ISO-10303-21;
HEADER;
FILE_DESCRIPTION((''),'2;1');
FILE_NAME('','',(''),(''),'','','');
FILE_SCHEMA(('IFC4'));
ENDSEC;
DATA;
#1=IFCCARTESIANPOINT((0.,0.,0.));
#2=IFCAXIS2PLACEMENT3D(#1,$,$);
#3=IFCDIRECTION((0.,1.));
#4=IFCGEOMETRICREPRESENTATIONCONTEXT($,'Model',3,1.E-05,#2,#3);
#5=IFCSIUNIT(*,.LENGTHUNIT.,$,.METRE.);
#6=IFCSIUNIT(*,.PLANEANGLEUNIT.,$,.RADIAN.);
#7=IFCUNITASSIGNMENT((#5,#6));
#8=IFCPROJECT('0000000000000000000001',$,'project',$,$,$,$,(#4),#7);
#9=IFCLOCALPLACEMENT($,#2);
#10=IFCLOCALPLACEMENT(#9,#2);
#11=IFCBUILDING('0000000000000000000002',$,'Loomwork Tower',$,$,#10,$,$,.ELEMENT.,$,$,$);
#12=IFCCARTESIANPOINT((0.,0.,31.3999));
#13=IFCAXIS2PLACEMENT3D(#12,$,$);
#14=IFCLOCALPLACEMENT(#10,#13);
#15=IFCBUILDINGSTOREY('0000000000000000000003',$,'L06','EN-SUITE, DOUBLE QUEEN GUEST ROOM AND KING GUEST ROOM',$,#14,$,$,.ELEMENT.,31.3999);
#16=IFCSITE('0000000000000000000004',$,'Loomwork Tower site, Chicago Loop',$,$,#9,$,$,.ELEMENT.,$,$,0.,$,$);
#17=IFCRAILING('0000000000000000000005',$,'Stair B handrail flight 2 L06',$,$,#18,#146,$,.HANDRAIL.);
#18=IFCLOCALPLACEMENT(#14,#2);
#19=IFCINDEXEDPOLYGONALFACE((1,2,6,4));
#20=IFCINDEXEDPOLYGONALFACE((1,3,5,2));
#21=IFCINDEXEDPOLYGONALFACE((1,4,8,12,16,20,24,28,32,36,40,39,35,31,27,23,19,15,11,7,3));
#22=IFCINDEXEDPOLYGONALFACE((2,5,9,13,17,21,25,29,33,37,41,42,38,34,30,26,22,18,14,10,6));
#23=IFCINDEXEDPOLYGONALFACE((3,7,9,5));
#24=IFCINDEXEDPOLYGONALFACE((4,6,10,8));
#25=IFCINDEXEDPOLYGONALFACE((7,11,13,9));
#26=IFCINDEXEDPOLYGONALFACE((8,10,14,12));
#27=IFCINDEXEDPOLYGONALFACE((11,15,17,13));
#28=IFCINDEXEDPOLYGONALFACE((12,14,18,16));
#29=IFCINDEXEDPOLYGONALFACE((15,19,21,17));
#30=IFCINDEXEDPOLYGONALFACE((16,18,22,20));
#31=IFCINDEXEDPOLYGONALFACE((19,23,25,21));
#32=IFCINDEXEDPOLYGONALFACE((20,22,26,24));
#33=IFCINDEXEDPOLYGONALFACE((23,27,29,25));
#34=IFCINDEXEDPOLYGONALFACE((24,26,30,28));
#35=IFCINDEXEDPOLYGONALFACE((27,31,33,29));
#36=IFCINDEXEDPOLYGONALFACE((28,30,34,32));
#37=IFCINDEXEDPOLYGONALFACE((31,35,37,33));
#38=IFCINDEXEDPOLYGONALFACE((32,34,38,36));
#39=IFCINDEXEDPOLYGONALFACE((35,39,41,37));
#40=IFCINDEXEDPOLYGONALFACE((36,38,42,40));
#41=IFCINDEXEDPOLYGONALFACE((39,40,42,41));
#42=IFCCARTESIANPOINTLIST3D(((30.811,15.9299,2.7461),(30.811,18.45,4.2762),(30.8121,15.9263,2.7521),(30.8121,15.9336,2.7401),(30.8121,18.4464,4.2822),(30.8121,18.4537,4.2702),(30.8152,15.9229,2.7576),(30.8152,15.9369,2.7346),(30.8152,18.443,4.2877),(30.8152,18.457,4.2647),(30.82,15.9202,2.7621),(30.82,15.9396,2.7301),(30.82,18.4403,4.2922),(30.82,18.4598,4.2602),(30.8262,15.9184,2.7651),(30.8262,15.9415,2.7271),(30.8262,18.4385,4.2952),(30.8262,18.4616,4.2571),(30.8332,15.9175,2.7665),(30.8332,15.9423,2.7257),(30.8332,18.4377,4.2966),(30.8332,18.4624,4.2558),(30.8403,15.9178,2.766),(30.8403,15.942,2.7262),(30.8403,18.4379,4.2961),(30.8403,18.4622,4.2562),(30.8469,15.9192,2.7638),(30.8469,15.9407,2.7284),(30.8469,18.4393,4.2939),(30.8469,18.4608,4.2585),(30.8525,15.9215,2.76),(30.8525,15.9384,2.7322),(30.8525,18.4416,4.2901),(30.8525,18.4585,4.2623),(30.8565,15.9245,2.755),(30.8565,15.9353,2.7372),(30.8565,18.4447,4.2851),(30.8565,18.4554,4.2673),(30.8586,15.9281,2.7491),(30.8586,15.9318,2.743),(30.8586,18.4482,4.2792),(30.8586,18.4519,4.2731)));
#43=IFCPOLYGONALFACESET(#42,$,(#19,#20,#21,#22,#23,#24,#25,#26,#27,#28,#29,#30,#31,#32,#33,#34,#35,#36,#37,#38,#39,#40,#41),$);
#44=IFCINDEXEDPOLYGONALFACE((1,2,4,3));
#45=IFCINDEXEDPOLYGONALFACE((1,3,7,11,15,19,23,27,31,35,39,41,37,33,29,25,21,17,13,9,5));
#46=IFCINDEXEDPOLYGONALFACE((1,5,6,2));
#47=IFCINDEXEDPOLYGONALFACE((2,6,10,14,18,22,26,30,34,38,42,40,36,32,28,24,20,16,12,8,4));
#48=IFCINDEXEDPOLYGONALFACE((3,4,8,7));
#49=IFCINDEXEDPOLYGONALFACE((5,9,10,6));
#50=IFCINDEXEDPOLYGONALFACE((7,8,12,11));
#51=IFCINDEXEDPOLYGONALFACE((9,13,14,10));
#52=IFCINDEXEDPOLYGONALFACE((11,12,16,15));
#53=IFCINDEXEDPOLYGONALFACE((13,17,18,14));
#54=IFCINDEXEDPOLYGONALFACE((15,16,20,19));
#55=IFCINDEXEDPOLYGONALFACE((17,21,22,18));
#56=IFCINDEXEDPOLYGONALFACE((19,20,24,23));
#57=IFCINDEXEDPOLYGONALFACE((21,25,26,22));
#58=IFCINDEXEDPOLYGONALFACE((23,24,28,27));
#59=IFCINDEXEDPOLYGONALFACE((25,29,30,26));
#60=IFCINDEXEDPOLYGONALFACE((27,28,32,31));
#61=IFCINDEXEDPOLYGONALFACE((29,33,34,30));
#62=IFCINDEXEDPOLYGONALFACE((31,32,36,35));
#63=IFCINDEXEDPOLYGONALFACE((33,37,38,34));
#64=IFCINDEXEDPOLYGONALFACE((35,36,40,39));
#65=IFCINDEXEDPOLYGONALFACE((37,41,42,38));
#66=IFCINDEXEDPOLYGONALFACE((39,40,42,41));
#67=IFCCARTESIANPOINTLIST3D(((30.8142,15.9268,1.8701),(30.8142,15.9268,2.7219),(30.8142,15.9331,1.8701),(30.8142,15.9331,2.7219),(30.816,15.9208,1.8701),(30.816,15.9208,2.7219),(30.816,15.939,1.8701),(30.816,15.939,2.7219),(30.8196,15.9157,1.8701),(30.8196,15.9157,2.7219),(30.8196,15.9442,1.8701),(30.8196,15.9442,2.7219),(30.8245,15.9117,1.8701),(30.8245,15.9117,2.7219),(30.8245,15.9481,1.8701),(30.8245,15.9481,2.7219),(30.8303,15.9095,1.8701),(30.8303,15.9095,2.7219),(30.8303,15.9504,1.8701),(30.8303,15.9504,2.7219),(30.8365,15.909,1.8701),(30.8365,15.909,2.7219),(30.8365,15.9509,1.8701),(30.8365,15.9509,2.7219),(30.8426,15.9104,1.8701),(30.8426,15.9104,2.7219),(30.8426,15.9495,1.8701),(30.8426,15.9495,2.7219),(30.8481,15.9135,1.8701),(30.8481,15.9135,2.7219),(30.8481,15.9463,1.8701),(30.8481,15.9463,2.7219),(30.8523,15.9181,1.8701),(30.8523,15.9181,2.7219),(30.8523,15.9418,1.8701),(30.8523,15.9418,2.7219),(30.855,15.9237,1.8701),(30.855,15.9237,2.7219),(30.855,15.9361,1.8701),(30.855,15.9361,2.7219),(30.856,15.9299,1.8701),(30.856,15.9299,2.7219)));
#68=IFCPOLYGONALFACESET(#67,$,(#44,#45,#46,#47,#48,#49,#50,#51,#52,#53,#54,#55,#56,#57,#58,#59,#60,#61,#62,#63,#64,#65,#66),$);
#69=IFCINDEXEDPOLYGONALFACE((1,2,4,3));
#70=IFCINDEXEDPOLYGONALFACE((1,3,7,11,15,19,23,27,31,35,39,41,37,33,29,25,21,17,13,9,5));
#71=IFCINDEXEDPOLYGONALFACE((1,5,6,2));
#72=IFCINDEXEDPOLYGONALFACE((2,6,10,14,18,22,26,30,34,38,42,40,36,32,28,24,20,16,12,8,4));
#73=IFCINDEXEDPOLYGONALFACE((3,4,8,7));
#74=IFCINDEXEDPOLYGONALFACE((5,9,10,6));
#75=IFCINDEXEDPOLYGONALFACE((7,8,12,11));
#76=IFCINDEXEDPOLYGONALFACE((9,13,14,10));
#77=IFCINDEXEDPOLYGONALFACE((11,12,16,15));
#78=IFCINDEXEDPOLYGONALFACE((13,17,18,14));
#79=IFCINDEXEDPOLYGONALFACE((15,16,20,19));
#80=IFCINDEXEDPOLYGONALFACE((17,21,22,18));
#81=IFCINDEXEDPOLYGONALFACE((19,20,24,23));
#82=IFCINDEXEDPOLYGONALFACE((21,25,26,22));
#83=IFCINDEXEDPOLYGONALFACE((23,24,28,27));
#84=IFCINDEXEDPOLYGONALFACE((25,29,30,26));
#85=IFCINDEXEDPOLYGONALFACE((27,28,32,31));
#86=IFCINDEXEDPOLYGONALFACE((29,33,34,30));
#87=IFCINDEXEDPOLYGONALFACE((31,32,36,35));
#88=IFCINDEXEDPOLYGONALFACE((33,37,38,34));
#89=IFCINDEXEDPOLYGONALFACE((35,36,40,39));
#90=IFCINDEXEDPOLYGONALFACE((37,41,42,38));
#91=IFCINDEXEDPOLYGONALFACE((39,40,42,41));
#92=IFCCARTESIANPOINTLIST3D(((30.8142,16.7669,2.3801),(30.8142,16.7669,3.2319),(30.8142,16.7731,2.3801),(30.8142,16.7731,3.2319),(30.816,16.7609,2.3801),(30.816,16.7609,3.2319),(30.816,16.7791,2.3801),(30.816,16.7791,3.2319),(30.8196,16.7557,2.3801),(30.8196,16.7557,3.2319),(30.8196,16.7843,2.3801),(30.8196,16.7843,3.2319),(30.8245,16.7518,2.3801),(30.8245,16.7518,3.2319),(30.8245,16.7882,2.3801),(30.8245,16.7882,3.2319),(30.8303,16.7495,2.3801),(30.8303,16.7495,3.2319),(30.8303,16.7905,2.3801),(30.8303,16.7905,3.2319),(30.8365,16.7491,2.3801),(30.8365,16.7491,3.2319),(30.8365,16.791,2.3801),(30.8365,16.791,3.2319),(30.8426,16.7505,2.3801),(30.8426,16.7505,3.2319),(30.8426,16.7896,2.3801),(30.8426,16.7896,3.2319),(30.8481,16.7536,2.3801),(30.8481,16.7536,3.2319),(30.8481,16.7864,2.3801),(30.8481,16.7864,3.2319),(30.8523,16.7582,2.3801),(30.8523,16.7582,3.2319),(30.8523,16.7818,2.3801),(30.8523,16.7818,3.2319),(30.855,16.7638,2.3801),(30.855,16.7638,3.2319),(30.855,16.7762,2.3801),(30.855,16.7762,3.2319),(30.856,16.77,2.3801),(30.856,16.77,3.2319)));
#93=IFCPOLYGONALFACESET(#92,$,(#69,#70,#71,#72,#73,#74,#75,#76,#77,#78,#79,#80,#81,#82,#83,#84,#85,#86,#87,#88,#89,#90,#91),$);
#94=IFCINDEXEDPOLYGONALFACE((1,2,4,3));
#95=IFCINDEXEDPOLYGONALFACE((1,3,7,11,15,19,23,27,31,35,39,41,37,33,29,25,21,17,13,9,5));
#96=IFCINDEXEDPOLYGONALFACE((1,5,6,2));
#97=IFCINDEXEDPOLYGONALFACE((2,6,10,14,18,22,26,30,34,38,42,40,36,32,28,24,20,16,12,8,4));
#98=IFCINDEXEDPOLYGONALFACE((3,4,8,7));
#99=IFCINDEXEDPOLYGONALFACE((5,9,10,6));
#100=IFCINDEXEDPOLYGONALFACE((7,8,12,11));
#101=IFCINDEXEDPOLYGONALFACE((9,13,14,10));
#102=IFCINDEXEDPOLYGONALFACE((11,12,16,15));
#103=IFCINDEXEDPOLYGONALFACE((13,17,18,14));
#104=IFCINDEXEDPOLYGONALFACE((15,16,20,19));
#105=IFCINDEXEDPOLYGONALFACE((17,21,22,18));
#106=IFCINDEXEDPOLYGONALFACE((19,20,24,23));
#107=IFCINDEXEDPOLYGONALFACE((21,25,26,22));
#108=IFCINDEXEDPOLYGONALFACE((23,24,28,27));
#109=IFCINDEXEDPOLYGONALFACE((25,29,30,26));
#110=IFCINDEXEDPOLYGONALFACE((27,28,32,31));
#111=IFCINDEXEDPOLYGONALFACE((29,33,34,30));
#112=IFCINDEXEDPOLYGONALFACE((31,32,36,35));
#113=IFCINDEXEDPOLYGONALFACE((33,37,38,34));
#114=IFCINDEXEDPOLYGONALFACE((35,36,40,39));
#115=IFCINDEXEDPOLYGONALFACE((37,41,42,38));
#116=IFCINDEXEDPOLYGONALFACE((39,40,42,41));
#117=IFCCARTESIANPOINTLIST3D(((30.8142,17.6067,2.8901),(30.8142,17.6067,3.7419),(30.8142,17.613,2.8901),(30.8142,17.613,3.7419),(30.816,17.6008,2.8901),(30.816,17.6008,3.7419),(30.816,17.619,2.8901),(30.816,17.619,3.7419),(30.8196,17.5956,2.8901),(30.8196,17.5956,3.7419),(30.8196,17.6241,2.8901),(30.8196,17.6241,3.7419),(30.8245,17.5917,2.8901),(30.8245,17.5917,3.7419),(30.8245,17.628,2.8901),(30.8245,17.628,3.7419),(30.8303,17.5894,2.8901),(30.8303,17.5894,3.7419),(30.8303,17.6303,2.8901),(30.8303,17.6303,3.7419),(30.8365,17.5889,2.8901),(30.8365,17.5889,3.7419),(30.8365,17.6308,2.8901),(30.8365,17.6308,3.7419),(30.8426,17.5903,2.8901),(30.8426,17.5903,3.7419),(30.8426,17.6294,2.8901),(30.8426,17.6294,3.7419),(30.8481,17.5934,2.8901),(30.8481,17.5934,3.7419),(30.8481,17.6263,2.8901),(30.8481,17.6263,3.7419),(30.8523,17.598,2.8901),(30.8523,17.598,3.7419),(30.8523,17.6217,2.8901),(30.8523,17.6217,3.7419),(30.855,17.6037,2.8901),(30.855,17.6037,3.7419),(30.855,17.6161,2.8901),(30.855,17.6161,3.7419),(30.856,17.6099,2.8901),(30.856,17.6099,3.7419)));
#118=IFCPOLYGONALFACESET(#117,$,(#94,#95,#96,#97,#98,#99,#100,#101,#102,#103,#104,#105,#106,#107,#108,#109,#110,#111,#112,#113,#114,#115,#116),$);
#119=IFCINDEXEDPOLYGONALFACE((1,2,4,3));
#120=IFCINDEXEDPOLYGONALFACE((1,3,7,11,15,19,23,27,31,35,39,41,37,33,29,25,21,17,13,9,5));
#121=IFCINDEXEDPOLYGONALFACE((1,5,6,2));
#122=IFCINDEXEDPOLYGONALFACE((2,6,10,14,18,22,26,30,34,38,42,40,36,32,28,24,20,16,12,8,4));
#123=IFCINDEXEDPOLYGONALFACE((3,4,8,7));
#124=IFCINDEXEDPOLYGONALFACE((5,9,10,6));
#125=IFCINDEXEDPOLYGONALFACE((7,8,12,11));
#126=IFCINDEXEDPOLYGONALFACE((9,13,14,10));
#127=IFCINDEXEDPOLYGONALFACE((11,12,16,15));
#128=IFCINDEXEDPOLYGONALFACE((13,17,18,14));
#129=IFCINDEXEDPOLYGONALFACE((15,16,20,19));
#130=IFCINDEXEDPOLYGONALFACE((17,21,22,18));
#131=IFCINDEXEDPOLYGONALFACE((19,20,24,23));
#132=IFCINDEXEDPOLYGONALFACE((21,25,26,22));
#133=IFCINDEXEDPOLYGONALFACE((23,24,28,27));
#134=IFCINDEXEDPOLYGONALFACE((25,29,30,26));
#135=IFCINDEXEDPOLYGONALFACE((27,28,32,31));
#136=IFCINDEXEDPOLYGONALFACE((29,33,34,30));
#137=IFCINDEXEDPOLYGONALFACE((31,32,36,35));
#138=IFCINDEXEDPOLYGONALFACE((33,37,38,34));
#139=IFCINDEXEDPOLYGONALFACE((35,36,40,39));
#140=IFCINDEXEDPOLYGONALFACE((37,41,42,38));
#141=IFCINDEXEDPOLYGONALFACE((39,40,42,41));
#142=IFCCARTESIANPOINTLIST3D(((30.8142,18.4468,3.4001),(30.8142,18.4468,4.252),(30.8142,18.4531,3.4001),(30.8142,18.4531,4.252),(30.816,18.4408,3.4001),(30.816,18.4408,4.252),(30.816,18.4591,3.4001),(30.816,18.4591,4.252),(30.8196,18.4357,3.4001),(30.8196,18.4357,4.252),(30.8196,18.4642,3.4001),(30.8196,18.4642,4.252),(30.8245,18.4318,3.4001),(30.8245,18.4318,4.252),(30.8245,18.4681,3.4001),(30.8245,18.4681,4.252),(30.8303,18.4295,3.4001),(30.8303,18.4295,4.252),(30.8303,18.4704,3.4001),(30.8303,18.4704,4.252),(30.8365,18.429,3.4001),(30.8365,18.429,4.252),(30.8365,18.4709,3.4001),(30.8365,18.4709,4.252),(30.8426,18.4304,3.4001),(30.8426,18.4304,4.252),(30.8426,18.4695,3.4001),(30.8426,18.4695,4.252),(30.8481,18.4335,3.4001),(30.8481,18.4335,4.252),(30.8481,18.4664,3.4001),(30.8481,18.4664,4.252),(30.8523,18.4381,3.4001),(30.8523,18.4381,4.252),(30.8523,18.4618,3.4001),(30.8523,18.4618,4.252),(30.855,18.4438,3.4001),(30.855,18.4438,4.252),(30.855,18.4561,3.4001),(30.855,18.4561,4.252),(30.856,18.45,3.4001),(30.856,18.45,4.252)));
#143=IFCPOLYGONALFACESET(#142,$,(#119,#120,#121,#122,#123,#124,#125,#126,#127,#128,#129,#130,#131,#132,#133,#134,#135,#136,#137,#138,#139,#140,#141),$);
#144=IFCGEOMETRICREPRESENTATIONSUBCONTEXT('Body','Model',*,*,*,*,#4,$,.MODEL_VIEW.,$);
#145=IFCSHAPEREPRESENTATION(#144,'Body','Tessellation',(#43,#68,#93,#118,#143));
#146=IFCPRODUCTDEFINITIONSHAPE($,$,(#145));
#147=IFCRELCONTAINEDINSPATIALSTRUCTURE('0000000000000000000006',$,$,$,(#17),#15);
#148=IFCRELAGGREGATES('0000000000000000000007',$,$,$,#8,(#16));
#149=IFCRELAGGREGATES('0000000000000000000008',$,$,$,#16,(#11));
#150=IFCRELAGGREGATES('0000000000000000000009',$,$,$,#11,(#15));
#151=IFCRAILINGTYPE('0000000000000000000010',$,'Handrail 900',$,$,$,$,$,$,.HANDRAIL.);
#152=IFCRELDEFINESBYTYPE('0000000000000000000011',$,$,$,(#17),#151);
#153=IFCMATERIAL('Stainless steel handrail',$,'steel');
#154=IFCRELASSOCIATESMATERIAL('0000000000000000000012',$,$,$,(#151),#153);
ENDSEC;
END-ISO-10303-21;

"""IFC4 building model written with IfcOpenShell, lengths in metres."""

from ifc_helpers import new_model, si_unit, direction, frame, origin, origin_2d, place, context, subcontext, project, spatial, circle, extrude, material, type_object, element, save


model = new_model("IFC4")

# Units and contexts
model_context = context("Model", 3, precision=1e-05, world=origin(), true_north=direction((0.0, 1.0)))
body_context = subcontext(model_context, "Body", "Model", "MODEL_VIEW")
ifc_project = project(units=[si_unit("LENGTHUNIT", "METRE"), si_unit("PLANEANGLEUNIT", "RADIAN")], contexts=[model_context])

# Site, building, storey
site_placement = place(None, origin())
site = spatial("IfcSite", under=ifc_project, at=site_placement, Name="Loomwork Tower site, Chicago Loop", CompositionType="ELEMENT", RefElevation=0.0)
building_placement = place(site_placement, origin())
building = spatial("IfcBuilding", under=site, at=building_placement, Name="Loomwork Tower", CompositionType="ELEMENT")
storey_placement = place(building_placement, frame((0.0, 0.0, 31.3999)))
storey = spatial("IfcBuildingStorey", under=building, at=storey_placement, Name="L06", Description="EN-SUITE, DOUBLE QUEEN GUEST ROOM AND KING GUEST ROOM", CompositionType="ELEMENT", Elevation=31.3999)

# Railing
ifc_material_1 = material(Name="Stainless steel handrail", Category="steel")
railing_type = type_object("IfcRailingType", Name="Handrail 900", PredefinedType="HANDRAIL", material=ifc_material_1)
railing_placement = place(storey_placement, frame((30.835, 15.9299, 1.8701)))
element("IfcRailing", 1, at=railing_placement, inside=storey, type_object=railing_type, Name="Stair B handrail flight 2 L06", PredefinedType="HANDRAIL", context=body_context, shape_type="SweptSolid", body=[
    extrude(circle(Radius=0.0239, at=origin_2d()), frame((0.0, 0.0, 0.876), z_axis=(0.0, 0.854785, 0.518982), x_axis=(-1.0, 0.0, 0.0)), (0.0, 0.0, 1.0), 2.9482),
    extrude(circle(Radius=0.021, at=origin_2d()), origin(), (0.0, 0.0, 1.0), 0.8518),
    extrude(circle(Radius=0.021, at=origin_2d()), frame((0.0, 0.8401, 0.51)), (0.0, 0.0, 1.0), 0.8518),
    extrude(circle(Radius=0.021, at=origin_2d()), frame((0.0, 1.6799, 1.02)), (0.0, 0.0, 1.0), 0.8518),
    extrude(circle(Radius=0.021, at=origin_2d()), frame((0.0, 2.52, 1.53)), (0.0, 0.0, 1.0), 0.8518),
])

save(model, "model.ifc")
